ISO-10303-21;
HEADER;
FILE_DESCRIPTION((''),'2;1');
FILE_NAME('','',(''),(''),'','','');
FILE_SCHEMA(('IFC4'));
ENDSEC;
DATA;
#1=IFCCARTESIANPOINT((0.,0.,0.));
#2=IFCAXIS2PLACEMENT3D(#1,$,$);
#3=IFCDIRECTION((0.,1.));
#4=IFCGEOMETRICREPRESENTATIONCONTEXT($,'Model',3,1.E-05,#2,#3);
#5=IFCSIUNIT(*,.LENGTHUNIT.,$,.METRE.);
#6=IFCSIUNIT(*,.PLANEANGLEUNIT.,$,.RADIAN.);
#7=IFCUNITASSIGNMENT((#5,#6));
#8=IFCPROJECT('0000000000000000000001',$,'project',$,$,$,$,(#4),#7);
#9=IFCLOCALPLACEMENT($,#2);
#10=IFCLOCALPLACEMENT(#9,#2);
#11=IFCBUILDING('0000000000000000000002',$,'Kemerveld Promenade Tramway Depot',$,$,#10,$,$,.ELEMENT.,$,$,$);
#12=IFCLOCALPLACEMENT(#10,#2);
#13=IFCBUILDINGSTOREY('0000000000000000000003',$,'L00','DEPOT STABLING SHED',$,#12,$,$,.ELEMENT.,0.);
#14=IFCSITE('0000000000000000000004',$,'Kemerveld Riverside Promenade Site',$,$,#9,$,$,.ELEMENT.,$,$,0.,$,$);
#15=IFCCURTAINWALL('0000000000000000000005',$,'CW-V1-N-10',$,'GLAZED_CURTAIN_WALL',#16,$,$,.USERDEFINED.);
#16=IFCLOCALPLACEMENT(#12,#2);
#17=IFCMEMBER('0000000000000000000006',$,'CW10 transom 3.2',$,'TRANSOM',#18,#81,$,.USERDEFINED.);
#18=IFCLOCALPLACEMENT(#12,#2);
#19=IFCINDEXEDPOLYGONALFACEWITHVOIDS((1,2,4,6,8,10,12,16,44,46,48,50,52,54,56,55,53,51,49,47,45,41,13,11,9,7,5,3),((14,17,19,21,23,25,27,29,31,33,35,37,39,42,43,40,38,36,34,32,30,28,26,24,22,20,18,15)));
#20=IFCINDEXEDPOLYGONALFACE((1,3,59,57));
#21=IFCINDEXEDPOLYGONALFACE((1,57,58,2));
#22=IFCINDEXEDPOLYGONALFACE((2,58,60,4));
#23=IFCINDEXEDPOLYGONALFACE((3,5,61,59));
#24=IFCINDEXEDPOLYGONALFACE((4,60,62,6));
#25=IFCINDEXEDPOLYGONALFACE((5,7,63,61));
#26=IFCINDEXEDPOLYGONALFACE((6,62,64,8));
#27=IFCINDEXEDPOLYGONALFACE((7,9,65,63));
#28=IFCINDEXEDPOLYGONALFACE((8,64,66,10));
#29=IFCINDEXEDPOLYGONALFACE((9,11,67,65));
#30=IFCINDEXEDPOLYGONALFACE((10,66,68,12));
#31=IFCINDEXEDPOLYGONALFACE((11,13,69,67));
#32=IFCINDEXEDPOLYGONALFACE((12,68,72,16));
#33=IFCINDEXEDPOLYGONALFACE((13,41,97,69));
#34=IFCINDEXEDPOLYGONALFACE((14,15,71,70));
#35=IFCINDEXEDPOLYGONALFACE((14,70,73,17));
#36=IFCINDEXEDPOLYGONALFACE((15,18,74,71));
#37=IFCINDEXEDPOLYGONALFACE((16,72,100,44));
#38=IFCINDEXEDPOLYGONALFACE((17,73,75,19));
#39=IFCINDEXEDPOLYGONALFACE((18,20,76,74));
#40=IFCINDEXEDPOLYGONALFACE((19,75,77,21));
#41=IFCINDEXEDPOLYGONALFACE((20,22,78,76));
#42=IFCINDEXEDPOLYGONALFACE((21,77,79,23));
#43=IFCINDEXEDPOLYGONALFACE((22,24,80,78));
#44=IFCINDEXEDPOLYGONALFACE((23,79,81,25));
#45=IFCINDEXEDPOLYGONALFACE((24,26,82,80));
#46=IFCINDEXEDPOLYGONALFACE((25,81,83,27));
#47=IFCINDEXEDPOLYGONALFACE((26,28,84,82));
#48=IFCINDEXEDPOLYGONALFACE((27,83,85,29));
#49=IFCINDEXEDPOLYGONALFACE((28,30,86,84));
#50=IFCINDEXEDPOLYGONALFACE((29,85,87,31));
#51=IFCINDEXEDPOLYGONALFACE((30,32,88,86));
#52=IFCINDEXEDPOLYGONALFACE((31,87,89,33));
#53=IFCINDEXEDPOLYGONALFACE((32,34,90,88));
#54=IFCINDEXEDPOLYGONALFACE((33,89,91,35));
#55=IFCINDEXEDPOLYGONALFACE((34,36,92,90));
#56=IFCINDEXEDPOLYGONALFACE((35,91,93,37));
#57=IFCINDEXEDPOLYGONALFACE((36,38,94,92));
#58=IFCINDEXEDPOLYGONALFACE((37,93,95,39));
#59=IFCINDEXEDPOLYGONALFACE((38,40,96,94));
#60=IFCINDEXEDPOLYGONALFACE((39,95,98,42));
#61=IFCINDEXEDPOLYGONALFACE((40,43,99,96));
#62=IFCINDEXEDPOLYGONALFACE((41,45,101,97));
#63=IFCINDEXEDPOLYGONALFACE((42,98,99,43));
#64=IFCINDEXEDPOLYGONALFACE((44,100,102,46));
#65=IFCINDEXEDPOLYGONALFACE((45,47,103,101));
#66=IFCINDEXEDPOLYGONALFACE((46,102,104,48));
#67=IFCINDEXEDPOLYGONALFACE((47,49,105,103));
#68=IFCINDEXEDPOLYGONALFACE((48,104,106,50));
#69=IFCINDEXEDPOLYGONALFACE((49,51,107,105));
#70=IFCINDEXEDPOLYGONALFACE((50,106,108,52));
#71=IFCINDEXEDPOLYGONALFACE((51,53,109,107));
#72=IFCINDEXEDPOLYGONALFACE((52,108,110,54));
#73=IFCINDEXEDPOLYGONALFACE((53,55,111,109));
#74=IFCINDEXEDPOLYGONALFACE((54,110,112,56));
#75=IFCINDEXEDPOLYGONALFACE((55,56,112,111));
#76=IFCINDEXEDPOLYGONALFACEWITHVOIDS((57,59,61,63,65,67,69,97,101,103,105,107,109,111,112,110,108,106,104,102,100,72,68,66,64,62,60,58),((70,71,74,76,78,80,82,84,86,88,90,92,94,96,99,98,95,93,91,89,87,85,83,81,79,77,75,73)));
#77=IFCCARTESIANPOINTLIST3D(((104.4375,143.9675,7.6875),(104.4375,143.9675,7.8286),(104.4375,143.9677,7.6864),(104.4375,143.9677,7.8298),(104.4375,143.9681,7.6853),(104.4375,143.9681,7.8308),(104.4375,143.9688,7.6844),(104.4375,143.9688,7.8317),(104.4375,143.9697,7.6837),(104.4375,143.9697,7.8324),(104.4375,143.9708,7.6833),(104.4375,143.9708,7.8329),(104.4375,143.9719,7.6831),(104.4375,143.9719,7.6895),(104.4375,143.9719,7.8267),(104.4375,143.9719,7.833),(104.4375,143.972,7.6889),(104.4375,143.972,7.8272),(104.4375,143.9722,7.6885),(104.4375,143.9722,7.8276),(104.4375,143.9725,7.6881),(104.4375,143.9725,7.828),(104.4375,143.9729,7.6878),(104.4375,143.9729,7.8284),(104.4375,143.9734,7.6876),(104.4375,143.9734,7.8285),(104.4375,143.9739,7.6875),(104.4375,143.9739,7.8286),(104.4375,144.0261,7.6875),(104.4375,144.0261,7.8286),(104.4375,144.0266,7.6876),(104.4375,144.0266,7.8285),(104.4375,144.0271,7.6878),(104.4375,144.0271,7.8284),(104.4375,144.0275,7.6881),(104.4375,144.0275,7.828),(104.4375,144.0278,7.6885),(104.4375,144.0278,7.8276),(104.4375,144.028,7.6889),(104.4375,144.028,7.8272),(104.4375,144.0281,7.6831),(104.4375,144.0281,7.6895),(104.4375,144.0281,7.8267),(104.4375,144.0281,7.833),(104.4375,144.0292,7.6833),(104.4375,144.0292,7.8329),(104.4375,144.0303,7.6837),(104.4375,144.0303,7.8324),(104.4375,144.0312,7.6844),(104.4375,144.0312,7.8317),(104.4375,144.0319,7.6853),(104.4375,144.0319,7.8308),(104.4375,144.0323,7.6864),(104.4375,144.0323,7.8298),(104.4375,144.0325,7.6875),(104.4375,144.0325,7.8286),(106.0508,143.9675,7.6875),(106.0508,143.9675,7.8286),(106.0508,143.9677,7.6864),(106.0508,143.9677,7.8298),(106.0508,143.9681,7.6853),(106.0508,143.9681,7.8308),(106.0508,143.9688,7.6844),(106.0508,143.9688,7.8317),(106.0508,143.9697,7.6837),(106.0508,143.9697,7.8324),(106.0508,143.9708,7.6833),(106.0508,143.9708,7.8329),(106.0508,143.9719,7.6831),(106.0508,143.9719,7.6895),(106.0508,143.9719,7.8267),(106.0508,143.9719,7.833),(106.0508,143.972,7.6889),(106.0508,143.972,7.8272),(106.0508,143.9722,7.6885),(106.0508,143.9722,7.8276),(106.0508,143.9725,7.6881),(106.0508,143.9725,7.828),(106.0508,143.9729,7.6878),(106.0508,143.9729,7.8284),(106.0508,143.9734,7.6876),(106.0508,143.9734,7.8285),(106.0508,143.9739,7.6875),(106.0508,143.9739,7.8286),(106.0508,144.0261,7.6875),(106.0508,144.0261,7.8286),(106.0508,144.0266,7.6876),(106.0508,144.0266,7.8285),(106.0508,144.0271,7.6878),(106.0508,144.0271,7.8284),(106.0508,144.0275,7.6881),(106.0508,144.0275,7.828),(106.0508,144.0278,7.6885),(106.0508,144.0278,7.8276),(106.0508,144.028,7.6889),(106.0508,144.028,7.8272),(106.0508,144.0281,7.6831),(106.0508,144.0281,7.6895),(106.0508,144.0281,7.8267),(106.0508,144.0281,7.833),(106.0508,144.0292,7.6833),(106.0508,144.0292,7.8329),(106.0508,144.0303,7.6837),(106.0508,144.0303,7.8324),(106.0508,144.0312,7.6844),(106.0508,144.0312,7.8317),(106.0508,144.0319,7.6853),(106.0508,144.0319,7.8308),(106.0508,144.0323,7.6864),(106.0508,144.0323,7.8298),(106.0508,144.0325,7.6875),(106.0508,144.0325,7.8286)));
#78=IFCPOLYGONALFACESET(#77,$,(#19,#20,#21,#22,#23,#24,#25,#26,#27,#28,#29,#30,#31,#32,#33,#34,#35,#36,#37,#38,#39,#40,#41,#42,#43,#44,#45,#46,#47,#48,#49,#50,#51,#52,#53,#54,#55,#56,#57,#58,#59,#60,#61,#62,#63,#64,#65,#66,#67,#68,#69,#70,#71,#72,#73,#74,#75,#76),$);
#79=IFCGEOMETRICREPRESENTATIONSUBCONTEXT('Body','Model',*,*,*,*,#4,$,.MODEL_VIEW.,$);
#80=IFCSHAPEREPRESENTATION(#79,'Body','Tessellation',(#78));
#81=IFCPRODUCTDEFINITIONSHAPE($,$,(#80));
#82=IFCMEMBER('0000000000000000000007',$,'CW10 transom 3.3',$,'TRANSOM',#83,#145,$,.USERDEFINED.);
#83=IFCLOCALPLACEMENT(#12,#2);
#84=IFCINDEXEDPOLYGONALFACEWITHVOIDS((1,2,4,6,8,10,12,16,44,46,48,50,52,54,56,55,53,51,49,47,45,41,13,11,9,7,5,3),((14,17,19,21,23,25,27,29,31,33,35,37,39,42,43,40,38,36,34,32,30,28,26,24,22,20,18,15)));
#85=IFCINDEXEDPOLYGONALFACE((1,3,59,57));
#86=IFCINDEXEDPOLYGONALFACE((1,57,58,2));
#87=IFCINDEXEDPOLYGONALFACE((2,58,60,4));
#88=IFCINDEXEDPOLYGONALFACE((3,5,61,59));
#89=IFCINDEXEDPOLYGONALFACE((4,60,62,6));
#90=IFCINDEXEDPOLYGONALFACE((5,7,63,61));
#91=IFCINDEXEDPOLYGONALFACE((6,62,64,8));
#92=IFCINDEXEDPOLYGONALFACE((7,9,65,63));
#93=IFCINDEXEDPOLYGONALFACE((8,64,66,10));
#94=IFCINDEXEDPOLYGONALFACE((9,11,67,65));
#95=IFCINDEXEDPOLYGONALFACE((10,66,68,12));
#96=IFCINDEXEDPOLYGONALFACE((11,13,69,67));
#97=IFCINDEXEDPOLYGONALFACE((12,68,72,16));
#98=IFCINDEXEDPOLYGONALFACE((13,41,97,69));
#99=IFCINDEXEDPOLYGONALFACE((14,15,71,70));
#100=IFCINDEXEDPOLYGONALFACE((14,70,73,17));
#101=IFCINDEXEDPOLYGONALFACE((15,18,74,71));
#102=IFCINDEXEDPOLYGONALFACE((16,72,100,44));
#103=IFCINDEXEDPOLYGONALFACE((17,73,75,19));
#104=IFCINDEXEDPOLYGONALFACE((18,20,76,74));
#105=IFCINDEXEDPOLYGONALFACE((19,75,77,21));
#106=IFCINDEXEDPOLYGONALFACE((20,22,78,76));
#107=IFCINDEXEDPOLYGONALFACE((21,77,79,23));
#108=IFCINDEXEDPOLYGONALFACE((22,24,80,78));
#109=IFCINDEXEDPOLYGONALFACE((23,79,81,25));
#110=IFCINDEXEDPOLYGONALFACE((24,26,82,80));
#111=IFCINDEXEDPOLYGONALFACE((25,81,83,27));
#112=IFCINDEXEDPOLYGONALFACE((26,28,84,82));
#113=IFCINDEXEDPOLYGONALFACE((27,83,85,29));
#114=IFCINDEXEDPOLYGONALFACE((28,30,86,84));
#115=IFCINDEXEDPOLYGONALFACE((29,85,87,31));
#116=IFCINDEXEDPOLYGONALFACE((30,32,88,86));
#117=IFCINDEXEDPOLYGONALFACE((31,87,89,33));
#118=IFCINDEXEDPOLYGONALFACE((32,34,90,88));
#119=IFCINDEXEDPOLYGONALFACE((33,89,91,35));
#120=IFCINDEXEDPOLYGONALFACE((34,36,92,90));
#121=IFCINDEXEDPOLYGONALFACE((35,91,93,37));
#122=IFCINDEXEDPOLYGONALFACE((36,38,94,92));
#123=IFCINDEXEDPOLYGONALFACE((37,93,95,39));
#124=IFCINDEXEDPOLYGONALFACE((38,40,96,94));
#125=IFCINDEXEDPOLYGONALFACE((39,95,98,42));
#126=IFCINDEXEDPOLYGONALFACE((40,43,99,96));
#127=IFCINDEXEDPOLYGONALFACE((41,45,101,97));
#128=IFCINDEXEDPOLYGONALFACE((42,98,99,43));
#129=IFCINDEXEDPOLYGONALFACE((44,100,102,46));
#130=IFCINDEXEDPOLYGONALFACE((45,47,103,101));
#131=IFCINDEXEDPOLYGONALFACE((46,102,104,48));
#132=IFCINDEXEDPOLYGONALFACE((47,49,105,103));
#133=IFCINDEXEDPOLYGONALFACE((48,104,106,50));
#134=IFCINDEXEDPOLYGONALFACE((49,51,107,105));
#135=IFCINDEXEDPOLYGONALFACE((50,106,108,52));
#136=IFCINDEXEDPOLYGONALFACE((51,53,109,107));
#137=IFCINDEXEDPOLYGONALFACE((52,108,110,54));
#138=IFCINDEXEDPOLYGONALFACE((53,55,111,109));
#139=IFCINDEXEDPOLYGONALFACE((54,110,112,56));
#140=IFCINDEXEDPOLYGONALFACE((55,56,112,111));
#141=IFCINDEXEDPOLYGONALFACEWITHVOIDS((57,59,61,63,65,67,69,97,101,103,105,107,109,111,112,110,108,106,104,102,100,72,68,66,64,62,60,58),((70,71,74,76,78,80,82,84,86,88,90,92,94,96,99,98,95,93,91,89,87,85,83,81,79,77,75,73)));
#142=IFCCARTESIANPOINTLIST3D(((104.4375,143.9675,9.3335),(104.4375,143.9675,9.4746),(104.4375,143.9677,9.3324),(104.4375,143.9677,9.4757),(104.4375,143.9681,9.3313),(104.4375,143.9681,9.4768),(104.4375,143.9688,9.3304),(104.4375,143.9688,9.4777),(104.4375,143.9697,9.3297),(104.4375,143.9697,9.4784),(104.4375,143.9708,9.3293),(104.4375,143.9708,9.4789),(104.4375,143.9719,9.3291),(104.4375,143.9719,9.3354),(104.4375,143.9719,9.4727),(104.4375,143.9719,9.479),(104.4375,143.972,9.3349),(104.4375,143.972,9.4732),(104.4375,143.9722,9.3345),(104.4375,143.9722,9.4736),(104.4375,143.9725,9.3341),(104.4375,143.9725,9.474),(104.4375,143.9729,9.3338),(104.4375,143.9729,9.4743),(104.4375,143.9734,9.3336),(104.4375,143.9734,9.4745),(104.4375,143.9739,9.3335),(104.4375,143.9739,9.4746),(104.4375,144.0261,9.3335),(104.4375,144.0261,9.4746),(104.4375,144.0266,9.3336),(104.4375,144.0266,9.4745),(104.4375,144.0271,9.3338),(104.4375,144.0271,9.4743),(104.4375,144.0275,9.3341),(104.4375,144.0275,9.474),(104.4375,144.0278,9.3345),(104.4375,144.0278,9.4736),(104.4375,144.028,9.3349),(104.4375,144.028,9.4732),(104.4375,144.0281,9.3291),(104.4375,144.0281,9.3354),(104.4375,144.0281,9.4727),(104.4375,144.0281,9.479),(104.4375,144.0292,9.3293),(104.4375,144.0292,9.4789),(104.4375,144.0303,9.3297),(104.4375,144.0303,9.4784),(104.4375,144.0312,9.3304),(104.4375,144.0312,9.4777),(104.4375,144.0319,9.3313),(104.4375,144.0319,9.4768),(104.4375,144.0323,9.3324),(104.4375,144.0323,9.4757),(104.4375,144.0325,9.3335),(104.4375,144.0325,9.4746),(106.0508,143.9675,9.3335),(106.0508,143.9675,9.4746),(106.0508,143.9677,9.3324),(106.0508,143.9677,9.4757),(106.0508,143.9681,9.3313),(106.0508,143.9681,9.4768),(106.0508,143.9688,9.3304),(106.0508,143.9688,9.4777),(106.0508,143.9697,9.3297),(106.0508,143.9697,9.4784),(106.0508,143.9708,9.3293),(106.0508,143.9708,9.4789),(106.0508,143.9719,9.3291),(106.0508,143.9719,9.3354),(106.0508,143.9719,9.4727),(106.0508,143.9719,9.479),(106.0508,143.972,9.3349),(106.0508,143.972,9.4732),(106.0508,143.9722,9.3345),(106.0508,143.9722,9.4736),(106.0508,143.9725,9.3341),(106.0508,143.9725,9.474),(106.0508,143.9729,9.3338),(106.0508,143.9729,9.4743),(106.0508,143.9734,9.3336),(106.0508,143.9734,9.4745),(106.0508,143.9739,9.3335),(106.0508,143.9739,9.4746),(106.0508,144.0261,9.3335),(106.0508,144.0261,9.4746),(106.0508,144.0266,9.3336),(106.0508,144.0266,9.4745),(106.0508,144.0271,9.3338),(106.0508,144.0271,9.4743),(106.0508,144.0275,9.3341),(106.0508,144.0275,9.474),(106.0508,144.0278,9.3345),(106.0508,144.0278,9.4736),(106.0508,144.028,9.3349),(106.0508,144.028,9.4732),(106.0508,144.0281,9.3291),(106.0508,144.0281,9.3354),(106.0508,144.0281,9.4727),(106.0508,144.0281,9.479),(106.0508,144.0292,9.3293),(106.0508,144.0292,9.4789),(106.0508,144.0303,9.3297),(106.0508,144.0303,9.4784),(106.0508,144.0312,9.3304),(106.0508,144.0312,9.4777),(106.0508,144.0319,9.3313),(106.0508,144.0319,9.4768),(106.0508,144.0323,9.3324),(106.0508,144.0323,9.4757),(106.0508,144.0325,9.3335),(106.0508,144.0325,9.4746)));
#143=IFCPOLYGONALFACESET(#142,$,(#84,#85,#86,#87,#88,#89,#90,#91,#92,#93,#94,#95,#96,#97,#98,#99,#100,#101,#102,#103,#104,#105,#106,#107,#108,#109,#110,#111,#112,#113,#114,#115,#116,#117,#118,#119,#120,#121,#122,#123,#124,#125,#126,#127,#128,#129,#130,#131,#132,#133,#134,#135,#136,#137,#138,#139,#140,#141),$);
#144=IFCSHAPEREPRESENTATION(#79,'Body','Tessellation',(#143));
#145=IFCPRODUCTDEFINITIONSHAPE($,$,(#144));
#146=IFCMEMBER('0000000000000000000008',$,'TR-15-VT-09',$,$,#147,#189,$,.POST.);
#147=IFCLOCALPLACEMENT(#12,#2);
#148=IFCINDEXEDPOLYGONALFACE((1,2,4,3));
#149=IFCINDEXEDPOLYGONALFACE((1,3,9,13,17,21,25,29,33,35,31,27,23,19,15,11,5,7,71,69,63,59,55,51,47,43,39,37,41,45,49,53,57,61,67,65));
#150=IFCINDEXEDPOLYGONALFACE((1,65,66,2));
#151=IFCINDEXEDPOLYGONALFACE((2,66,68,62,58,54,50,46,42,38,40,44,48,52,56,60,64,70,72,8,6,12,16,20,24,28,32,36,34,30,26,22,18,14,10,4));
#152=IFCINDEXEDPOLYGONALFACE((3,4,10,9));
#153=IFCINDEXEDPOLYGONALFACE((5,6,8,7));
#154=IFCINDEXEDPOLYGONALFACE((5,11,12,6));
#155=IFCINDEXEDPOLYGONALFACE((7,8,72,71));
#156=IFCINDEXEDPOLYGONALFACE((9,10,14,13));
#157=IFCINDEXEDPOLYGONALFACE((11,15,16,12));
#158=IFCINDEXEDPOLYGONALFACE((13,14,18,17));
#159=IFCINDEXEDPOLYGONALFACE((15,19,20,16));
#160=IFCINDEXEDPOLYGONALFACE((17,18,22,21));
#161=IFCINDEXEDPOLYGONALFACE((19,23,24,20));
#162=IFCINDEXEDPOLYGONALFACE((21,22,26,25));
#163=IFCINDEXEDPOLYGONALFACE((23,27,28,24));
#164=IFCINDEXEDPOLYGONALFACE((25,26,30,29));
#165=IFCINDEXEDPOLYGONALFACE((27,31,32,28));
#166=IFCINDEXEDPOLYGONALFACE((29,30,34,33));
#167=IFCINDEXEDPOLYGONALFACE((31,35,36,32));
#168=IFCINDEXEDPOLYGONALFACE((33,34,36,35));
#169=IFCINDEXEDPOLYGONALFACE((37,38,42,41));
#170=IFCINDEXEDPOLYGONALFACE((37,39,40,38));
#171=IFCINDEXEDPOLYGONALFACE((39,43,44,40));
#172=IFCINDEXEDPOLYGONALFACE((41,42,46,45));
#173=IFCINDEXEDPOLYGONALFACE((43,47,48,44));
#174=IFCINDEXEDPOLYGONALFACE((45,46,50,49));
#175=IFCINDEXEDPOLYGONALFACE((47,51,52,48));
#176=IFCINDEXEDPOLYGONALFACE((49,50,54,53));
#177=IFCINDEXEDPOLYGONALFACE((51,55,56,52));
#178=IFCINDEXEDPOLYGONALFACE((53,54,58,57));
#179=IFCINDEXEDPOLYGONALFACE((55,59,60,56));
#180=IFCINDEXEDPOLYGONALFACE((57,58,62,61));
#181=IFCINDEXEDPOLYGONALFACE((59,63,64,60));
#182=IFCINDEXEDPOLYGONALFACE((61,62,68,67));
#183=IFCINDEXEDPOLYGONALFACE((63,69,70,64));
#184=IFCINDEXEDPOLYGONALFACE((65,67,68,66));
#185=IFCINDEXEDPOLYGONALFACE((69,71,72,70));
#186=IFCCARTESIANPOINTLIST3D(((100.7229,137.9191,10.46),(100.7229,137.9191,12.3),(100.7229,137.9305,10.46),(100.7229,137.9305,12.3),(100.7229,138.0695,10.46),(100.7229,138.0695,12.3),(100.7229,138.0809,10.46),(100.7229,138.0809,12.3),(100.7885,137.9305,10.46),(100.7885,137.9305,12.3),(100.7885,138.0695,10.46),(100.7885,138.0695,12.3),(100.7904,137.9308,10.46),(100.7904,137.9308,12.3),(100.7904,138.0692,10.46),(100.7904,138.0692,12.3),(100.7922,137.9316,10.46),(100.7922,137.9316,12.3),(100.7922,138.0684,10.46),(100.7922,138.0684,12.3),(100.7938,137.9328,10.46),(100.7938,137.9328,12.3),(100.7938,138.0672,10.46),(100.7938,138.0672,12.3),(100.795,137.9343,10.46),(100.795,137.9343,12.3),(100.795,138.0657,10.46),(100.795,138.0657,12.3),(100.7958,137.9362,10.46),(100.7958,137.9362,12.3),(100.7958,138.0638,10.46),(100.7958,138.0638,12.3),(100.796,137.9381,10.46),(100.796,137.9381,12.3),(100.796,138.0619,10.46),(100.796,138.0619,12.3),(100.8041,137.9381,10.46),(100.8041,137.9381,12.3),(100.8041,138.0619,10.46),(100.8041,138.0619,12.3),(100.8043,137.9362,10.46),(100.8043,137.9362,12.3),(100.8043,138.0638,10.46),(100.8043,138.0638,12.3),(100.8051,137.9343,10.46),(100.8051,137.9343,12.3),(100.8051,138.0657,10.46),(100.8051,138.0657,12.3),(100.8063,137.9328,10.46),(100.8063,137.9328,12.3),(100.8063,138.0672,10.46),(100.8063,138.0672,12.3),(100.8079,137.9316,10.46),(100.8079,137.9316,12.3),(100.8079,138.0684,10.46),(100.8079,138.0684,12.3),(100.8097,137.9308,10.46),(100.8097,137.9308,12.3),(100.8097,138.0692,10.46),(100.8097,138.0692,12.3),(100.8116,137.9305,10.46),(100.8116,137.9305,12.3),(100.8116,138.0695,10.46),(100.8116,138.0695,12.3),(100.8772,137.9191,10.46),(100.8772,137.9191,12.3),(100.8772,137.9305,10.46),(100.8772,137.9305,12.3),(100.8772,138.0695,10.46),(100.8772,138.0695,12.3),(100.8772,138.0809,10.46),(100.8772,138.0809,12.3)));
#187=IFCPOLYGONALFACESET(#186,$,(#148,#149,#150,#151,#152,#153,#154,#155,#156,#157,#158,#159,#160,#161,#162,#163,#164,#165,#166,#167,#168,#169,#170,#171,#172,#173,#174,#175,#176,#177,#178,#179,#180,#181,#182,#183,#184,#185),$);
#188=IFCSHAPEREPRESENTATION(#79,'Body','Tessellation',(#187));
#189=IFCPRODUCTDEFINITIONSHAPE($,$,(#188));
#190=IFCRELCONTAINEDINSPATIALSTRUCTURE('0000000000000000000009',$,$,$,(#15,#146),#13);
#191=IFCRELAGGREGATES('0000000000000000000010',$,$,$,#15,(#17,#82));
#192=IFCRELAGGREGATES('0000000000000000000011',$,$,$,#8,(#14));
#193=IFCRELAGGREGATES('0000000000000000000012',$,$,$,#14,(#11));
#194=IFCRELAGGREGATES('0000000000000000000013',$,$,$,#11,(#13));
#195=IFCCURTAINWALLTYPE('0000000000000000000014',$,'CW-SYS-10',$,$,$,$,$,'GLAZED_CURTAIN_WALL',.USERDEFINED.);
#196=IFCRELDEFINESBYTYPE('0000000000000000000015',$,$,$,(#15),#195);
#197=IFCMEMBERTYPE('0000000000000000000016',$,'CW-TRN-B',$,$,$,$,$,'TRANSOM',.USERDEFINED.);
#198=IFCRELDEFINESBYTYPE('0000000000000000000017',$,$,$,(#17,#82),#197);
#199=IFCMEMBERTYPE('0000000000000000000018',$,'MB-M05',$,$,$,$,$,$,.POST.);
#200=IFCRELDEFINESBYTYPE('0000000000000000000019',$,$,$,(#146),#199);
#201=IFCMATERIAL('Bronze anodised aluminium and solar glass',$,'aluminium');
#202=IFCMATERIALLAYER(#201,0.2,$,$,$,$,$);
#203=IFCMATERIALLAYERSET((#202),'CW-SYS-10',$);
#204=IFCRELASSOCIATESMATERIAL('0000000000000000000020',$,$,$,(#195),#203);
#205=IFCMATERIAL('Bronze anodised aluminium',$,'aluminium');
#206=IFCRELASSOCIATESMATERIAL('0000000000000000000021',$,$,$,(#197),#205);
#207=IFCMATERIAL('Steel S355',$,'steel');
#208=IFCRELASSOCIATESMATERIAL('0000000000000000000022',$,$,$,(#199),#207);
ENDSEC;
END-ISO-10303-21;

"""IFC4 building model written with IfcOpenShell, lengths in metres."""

from ifc_helpers import new_model, si_unit, direction, frame, origin, origin_2d, place, context, subcontext, project, spatial, hollow_rectangle, i_section, extrude, material, layer, layer_set, material_profile, profile_set, type_object, element, aggregate, save


model = new_model("IFC4")

# Units and contexts
model_context = context("Model", 3, precision=1e-05, world=origin(), true_north=direction((0.0, 1.0)))
body_context = subcontext(model_context, "Body", "Model", "MODEL_VIEW")
ifc_project = project(units=[si_unit("LENGTHUNIT", "METRE"), si_unit("PLANEANGLEUNIT", "RADIAN")], contexts=[model_context])

# Site, building, storey
site_placement = place(None, origin())
site = spatial("IfcSite", under=ifc_project, at=site_placement, Name="Kemerveld Riverside Promenade Site", CompositionType="ELEMENT", RefElevation=0.0)
building_placement = place(site_placement, origin())
building = spatial("IfcBuilding", under=site, at=building_placement, Name="Kemerveld Promenade Tramway Depot", CompositionType="ELEMENT")
storey_placement = place(building_placement, origin())
storey = spatial("IfcBuildingStorey", under=building, at=storey_placement, Name="L00", Description="DEPOT STABLING SHED", CompositionType="ELEMENT", Elevation=0.0)

# Shared definitions
ifc_material_1 = material(Name="Steel S355", Category="steel")

# Curtain wall, members
ifc_material_2 = material(Name="Bronze anodised aluminium and solar glass", Category="aluminium")
ifc_material_3 = material(Name="Bronze anodised aluminium", Category="aluminium")
ifc_layer_1 = layer(ifc_material_2, 0.2)
ifc_layer_set_1 = layer_set([ifc_layer_1], Name="CW-SYS-10")
curtain_wall_type_1 = type_object("IfcCurtainWallType", Name="CW-SYS-10", ElementType="GLAZED_CURTAIN_WALL", PredefinedType="USERDEFINED", material=ifc_layer_set_1)
curtain_wall_1_placement = place(storey_placement, origin())
curtain_wall_1 = element("IfcCurtainWall", 1, at=curtain_wall_1_placement, inside=storey, type_object=curtain_wall_type_1, Name="CW-V1-N-10", ObjectType="GLAZED_CURTAIN_WALL", PredefinedType="USERDEFINED")
ifc_material_profile_1 = material_profile(ifc_material_3, hollow_rectangle(XDim=0.0649, YDim=0.1499, WallThickness=0.0044, InnerFilletRadius=0.002, OuterFilletRadius=0.0044, at=origin_2d()), Name="CW-TRN-150x65")
ifc_profile_set_1 = profile_set([ifc_material_profile_1], Name="Bronze anodised aluminium")
member_type_1 = type_object("IfcMemberType", Name="CW-TRN-B", ElementType="TRANSOM", PredefinedType="USERDEFINED", material=ifc_profile_set_1)
member_1_placement = place(storey_placement, frame((104.4375, 144.0, 7.7581), z_axis=(1.0, 0.0, 0.0), x_axis=(0.0, 1.0, 0.0)))
member_1 = element("IfcMember", 2, at=member_1_placement, type_object=member_type_1, Name="CW10 transom 3.2", ObjectType="TRANSOM", PredefinedType="USERDEFINED", context=body_context, shape_type="SweptSolid", body=[
    extrude(hollow_rectangle(XDim=0.0649, YDim=0.1499, WallThickness=0.0044, InnerFilletRadius=0.002, OuterFilletRadius=0.0044, at=origin_2d()), origin(), (0.0, 0.0, 1.0), 1.6133),
])
member_2_placement = place(storey_placement, frame((104.4375, 144.0, 9.4041), z_axis=(1.0, 0.0, 0.0), x_axis=(0.0, 1.0, 0.0)))
member_2 = element("IfcMember", 3, at=member_2_placement, type_object=member_type_1, Name="CW10 transom 3.3", ObjectType="TRANSOM", PredefinedType="USERDEFINED", context=body_context, shape_type="SweptSolid", body=[
    extrude(hollow_rectangle(XDim=0.0649, YDim=0.1499, WallThickness=0.0044, InnerFilletRadius=0.002, OuterFilletRadius=0.0044, at=origin_2d()), origin(), (0.0, 0.0, 1.0), 1.6133),
])

# Member
ifc_material_profile_2 = material_profile(ifc_material_1, i_section(OverallWidth=0.1543, OverallDepth=0.1619, WebThickness=0.0081, FlangeThickness=0.0115, FilletRadius=0.0076, at=origin_2d()), Name="152x152x37 UC")
ifc_profile_set_2 = profile_set([ifc_material_profile_2], Name="Steel S355")
member_type_2 = type_object("IfcMemberType", Name="MB-M05", PredefinedType="POST", material=ifc_profile_set_2)
member_3_placement = place(storey_placement, frame((100.8, 138.0, 10.46), z_axis=(0.0, 0.0, 1.0), x_axis=(1.0, 0.0, 0.0)))
element("IfcMember", 4, at=member_3_placement, inside=storey, type_object=member_type_2, Name="TR-15-VT-09", PredefinedType="POST", context=body_context, shape_type="SweptSolid", body=[
    extrude(i_section(OverallWidth=0.1543, OverallDepth=0.1619, WebThickness=0.0081, FlangeThickness=0.0115, FilletRadius=0.0076, at=origin_2d()), origin(), (0.0, 0.0, 1.0), 1.8401),
])

aggregate(curtain_wall_1, [member_1, member_2])

save(model, "model.ifc")
